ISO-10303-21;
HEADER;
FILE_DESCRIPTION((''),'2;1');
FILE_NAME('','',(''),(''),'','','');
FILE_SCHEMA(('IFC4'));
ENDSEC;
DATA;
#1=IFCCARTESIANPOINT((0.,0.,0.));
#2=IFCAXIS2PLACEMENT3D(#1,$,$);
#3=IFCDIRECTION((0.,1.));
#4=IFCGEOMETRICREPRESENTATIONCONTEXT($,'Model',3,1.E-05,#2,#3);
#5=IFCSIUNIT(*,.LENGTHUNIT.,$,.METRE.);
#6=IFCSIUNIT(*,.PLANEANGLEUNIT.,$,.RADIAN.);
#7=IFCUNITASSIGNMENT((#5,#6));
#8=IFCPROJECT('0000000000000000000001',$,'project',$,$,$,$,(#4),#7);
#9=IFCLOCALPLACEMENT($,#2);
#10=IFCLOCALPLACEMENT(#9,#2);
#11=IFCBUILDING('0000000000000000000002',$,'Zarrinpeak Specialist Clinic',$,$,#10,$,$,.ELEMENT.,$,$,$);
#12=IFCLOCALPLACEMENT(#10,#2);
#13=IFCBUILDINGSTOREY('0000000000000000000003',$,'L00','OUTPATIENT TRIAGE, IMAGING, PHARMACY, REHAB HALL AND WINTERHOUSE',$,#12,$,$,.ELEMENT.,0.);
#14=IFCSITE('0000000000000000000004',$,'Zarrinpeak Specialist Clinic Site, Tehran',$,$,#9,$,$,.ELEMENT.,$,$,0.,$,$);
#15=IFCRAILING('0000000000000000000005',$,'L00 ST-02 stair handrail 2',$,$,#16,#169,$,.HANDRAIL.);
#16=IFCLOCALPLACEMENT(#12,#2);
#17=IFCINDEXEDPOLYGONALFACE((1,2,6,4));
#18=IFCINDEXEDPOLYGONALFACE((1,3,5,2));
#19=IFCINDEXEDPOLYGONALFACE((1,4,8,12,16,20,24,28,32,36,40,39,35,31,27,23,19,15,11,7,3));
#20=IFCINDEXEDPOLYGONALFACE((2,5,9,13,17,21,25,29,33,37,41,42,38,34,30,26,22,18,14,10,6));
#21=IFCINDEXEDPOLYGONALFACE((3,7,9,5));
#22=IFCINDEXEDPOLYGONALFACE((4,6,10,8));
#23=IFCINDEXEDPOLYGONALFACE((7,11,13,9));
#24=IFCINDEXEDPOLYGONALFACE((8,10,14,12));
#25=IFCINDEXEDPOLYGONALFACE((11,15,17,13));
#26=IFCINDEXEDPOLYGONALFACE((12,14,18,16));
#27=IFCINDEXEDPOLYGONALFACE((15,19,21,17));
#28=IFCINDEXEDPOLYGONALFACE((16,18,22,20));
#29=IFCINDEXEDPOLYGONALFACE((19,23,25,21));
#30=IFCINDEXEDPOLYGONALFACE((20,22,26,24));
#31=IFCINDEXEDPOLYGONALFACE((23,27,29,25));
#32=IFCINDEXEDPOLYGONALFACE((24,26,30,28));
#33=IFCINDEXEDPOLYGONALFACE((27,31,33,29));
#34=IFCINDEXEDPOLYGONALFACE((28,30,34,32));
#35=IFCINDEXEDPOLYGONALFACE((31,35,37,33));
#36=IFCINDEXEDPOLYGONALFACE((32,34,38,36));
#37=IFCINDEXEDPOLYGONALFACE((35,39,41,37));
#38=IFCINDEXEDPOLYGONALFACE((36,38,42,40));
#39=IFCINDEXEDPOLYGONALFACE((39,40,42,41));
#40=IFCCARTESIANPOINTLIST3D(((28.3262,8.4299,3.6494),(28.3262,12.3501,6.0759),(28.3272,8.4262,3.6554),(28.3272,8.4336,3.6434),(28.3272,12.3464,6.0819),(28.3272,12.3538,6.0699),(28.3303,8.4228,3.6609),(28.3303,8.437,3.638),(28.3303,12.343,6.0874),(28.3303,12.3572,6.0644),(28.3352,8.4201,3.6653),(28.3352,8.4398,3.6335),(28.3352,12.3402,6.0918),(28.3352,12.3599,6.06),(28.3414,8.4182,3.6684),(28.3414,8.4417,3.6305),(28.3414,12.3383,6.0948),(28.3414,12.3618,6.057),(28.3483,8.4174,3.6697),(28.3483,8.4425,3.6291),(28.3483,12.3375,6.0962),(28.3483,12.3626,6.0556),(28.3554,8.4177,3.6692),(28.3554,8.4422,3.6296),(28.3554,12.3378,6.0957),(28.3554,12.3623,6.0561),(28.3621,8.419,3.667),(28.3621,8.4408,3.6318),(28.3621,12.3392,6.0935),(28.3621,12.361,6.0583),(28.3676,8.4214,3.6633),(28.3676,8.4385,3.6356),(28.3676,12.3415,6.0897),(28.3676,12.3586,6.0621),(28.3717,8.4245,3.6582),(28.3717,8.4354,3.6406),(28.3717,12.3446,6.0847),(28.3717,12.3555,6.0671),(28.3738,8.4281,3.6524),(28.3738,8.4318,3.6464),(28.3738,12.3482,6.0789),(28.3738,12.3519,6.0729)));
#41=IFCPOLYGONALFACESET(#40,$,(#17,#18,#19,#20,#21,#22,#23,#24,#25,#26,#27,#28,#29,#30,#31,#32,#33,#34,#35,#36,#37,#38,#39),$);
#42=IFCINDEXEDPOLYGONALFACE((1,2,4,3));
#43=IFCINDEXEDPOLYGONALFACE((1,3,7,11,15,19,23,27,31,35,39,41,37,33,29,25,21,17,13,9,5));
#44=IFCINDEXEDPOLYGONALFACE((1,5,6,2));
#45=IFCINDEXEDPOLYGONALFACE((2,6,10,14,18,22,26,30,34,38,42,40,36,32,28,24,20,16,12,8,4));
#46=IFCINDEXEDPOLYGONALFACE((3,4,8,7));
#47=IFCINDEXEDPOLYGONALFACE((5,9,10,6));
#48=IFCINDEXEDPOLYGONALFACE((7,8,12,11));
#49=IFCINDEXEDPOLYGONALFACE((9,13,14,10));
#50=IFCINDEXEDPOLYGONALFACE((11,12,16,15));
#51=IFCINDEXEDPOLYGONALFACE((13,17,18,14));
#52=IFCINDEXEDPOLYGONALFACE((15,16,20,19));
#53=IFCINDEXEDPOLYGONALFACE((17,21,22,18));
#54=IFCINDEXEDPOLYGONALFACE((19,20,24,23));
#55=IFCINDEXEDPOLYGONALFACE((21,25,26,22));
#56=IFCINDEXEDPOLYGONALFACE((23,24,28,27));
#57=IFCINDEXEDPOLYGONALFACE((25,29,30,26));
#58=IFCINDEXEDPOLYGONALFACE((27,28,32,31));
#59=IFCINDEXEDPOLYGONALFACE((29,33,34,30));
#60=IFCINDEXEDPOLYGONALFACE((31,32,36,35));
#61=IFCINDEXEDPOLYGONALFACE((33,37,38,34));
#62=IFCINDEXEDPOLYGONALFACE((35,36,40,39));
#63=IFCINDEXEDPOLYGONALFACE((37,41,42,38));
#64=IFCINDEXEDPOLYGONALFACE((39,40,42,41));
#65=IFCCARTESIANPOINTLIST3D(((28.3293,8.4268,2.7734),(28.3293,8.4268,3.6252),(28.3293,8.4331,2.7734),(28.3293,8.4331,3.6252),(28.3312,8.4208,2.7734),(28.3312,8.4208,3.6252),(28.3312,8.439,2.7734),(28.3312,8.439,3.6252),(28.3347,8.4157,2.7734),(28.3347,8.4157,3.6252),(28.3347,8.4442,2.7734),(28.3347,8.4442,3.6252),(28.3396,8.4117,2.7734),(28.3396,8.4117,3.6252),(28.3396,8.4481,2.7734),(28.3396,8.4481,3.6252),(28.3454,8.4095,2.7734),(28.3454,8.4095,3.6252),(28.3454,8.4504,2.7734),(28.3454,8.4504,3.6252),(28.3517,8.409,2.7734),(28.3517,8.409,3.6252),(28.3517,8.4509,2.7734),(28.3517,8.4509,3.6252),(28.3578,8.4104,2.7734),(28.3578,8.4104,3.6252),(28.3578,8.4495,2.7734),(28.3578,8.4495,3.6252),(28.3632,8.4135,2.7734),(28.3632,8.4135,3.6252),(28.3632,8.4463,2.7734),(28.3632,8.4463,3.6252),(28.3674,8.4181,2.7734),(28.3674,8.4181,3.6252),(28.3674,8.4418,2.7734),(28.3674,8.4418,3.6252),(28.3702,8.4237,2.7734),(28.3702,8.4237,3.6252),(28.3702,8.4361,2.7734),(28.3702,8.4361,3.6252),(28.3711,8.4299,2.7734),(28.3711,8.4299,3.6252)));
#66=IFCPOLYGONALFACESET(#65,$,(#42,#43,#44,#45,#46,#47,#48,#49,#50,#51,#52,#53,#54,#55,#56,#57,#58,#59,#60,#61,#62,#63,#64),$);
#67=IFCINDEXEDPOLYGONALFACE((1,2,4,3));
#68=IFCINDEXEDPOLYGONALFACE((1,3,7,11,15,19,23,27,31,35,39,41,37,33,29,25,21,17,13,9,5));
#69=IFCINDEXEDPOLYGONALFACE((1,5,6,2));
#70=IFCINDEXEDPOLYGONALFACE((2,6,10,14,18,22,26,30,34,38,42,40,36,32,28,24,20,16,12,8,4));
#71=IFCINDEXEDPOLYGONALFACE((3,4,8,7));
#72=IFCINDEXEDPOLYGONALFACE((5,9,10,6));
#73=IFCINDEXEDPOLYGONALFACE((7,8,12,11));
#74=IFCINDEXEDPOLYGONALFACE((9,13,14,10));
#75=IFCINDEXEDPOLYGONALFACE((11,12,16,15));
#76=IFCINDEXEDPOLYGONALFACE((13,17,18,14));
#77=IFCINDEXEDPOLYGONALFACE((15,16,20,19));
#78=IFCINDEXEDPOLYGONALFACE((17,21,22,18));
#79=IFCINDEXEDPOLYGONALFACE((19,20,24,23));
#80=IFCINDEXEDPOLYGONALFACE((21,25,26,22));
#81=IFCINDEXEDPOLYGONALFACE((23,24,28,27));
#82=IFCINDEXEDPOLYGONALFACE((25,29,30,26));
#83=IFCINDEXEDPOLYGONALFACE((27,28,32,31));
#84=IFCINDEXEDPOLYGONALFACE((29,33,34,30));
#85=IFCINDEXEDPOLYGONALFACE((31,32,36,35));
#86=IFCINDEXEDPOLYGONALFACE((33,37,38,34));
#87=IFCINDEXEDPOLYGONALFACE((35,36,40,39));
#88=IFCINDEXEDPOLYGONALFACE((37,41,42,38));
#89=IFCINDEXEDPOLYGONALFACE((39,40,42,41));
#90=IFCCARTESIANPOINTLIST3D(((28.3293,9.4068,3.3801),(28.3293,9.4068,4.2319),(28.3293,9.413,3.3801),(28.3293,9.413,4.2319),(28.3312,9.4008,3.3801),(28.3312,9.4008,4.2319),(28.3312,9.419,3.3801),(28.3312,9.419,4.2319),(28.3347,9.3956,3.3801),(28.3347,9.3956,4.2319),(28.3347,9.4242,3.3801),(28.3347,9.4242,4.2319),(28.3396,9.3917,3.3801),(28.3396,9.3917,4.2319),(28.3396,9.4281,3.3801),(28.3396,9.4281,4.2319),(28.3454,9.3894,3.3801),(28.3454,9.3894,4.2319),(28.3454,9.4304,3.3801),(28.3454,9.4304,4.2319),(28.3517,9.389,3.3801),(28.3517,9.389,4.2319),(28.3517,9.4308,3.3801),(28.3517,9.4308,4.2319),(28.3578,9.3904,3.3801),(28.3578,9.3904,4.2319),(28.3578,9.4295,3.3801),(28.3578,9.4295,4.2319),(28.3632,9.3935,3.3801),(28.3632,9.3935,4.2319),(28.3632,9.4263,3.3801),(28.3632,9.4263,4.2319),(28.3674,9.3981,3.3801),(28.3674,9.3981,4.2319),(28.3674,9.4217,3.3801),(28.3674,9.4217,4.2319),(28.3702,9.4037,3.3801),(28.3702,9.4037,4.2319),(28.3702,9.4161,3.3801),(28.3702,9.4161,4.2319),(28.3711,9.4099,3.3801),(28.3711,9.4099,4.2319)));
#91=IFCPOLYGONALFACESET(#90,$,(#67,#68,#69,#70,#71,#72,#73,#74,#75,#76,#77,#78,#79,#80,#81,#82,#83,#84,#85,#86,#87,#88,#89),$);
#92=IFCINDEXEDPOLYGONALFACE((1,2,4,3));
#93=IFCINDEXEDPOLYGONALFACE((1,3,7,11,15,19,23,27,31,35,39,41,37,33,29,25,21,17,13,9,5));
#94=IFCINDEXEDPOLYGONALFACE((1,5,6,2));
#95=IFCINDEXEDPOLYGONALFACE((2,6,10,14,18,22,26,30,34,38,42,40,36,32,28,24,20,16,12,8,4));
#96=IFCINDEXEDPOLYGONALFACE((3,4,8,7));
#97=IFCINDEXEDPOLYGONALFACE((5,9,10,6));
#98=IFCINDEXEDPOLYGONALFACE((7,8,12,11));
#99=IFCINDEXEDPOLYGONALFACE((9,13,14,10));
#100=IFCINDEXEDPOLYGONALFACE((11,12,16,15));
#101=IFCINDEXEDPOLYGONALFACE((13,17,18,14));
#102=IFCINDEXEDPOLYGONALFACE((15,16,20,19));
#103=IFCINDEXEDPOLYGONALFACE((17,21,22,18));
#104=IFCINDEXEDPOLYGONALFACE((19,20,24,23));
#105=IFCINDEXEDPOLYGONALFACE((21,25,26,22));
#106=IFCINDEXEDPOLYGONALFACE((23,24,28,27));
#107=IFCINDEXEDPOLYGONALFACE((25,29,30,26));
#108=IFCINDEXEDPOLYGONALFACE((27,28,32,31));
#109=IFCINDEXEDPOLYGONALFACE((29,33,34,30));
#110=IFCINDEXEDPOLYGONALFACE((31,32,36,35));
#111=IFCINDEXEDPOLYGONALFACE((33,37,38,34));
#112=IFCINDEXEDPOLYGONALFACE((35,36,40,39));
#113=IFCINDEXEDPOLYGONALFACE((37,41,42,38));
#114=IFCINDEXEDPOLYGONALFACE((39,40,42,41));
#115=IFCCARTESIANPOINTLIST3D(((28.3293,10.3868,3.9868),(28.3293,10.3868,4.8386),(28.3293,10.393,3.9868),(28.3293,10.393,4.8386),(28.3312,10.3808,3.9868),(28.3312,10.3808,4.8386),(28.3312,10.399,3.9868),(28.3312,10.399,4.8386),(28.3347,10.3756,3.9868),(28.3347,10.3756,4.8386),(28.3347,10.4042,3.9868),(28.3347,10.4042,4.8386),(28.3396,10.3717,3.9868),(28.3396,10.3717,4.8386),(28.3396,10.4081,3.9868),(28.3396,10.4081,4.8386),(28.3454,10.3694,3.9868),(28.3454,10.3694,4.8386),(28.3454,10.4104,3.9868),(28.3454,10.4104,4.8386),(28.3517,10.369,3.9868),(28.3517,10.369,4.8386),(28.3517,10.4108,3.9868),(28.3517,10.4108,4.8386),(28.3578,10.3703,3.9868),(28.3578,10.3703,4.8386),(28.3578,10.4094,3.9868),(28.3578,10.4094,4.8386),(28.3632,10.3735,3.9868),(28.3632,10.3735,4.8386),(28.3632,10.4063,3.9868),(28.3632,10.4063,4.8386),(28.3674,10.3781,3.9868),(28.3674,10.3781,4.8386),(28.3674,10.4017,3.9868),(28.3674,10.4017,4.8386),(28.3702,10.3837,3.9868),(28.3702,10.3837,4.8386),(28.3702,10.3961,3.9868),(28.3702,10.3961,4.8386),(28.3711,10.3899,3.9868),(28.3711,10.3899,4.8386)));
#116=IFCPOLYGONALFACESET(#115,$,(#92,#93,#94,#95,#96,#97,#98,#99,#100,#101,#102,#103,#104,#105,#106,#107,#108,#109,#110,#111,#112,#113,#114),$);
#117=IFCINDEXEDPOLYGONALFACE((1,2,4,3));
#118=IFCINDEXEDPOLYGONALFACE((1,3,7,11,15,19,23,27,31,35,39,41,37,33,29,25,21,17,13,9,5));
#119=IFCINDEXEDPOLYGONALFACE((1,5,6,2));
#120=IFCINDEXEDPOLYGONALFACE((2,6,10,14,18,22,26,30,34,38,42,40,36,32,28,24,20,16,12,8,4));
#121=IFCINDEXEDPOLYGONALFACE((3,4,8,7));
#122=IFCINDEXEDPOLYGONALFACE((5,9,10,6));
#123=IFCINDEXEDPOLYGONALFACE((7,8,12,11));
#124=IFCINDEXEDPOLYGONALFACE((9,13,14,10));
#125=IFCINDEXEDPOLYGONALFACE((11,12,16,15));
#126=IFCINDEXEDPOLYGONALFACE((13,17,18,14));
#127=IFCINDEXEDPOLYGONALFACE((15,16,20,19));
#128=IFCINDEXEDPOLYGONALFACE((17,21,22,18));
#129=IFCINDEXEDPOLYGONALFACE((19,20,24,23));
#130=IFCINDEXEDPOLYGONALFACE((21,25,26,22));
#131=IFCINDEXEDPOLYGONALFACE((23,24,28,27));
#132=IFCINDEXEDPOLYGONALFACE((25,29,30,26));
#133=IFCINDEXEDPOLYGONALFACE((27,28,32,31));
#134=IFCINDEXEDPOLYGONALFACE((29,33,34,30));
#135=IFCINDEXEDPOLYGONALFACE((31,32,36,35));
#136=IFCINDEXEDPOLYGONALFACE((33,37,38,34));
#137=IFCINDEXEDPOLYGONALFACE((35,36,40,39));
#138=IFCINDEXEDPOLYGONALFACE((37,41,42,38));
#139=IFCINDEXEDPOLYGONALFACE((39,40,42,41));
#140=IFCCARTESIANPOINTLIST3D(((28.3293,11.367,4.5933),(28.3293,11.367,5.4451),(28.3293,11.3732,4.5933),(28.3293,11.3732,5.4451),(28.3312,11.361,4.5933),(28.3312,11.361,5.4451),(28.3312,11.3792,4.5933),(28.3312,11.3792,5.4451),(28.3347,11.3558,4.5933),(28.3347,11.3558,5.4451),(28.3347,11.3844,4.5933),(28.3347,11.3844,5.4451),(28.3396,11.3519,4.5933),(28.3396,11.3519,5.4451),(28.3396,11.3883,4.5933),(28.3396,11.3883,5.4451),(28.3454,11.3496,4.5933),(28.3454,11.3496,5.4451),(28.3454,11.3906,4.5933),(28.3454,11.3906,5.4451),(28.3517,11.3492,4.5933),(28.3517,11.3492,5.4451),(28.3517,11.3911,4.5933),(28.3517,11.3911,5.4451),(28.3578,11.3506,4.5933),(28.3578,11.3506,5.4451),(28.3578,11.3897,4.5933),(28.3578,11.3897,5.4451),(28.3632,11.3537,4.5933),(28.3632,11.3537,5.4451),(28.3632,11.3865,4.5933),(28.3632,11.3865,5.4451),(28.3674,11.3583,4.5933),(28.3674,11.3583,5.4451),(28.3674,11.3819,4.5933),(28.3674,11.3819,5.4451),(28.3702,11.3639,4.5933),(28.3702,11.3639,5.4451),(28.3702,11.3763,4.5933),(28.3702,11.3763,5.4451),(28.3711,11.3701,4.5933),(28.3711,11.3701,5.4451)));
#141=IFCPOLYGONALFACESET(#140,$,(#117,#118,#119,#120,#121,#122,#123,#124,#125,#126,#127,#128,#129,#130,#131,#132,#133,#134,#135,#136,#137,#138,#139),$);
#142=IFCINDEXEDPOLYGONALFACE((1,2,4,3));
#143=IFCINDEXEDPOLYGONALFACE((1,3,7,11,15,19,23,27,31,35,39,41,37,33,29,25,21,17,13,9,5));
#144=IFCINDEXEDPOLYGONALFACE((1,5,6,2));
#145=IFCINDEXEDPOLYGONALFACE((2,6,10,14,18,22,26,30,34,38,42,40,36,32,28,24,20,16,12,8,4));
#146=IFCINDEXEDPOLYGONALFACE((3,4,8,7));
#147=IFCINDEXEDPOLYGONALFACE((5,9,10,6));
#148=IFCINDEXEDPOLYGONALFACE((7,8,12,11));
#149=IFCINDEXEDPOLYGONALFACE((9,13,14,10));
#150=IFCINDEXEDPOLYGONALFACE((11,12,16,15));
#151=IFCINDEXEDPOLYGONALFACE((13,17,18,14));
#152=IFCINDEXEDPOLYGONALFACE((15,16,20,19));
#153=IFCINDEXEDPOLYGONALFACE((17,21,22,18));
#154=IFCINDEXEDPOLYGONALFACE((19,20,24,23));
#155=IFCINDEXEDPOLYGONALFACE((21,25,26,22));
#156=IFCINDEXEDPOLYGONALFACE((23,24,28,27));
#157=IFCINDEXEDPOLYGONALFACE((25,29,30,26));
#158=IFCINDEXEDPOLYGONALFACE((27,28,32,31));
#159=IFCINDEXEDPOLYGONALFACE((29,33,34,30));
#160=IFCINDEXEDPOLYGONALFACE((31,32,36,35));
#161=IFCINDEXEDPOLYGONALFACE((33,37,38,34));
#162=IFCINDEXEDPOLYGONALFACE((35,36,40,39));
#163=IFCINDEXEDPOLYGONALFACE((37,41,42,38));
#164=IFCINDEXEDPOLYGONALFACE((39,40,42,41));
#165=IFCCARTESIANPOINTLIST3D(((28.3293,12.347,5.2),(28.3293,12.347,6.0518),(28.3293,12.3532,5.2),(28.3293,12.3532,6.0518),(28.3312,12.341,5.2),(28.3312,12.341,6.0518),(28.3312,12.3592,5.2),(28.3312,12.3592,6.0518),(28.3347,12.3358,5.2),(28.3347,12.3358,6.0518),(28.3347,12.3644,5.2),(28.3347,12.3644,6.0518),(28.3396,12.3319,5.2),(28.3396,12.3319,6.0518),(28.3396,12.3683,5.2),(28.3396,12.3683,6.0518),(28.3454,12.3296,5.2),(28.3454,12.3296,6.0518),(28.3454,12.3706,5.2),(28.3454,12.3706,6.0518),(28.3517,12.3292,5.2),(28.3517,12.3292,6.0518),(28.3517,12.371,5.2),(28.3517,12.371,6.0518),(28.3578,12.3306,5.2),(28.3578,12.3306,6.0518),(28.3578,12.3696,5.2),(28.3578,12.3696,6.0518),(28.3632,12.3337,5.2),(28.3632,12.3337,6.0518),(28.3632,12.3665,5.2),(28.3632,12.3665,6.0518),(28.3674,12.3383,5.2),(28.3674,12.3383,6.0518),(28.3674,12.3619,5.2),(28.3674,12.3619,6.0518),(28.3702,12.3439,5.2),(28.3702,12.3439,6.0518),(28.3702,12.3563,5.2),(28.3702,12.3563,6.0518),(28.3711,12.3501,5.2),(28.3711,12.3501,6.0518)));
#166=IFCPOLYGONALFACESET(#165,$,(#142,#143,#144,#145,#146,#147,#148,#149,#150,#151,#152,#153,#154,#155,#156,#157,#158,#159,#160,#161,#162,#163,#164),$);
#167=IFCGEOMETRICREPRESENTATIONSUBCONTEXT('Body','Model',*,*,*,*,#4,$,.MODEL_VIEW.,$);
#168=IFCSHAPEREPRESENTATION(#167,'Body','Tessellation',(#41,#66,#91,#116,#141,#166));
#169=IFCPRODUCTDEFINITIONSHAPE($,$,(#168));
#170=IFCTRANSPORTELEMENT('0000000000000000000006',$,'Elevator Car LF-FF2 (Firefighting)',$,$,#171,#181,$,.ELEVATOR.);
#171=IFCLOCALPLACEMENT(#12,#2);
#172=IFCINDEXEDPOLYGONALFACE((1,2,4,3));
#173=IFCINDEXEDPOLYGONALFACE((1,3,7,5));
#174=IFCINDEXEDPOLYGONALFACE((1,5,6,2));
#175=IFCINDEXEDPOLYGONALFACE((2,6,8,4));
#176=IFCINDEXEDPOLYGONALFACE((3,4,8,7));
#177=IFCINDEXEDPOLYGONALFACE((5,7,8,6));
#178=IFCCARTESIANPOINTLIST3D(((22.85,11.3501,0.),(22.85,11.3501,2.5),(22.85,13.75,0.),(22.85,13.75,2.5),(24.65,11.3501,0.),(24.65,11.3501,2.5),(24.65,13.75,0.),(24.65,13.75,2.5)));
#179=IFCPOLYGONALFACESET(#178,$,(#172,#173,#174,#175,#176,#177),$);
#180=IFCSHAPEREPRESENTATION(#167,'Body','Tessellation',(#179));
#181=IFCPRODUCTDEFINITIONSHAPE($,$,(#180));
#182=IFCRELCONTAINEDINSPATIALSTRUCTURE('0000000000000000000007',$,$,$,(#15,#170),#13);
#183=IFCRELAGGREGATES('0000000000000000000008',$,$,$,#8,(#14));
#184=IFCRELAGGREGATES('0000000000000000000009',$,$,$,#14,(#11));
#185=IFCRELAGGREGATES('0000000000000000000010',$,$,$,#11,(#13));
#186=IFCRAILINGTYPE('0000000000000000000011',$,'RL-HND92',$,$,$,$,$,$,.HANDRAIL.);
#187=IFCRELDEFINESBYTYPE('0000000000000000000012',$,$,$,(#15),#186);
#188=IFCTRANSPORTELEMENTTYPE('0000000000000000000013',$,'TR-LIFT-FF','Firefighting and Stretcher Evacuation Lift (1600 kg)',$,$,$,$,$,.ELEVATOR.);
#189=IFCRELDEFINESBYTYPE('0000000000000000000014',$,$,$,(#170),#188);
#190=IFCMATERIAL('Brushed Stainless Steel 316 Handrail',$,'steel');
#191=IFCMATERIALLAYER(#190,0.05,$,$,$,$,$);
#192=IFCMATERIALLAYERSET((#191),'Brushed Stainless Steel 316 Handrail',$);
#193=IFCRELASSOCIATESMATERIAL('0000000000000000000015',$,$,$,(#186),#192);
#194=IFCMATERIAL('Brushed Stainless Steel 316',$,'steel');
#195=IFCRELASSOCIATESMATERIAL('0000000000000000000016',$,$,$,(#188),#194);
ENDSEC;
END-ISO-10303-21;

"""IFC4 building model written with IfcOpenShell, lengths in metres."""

from ifc_helpers import new_model, si_unit, direction, frame, origin, origin_2d, place, context, subcontext, project, spatial, rectangle, circle, extrude, material, layer, layer_set, type_object, element, save


model = new_model("IFC4")

# Units and contexts
model_context = context("Model", 3, precision=1e-05, world=origin(), true_north=direction((0.0, 1.0)))
body_context = subcontext(model_context, "Body", "Model", "MODEL_VIEW")
ifc_project = project(units=[si_unit("LENGTHUNIT", "METRE"), si_unit("PLANEANGLEUNIT", "RADIAN")], contexts=[model_context])

# Site, building, storey
site_placement = place(None, origin())
site = spatial("IfcSite", under=ifc_project, at=site_placement, Name="Zarrinpeak Specialist Clinic Site, Tehran", CompositionType="ELEMENT", RefElevation=0.0)
building_placement = place(site_placement, origin())
building = spatial("IfcBuilding", under=site, at=building_placement, Name="Zarrinpeak Specialist Clinic", CompositionType="ELEMENT")
storey_placement = place(building_placement, origin())
storey = spatial("IfcBuildingStorey", under=building, at=storey_placement, Name="L00", Description="OUTPATIENT TRIAGE, IMAGING, PHARMACY, REHAB HALL AND WINTERHOUSE", CompositionType="ELEMENT", Elevation=0.0)

# Railing
ifc_material_1 = material(Name="Brushed Stainless Steel 316 Handrail", Category="steel")
ifc_layer_1 = layer(ifc_material_1, 0.05)
ifc_layer_set_1 = layer_set([ifc_layer_1], Name="Brushed Stainless Steel 316 Handrail")
railing_type_1 = type_object("IfcRailingType", Name="RL-HND92", PredefinedType="HANDRAIL", material=ifc_layer_set_1)
railing_1_placement = place(storey_placement, frame((28.3501, 8.4299, 2.7734)))
element("IfcRailing", 1, at=railing_1_placement, inside=storey, type_object=railing_type_1, Name="L00 ST-02 stair handrail 2", PredefinedType="HANDRAIL", context=body_context, shape_type="SweptSolid", body=[
    extrude(circle(Radius=0.0239, at=origin_2d()), frame((0.0, 0.0, 0.876), z_axis=(0.0, 0.85029, 0.526315), x_axis=(-1.0, 0.0, 0.0)), (0.0, 0.0, 1.0), 4.6104),
    extrude(circle(Radius=0.021, at=origin_2d()), origin(), (0.0, 0.0, 1.0), 0.8518),
    extrude(circle(Radius=0.021, at=origin_2d()), frame((0.0, 0.98, 0.6067)), (0.0, 0.0, 1.0), 0.8518),
    extrude(circle(Radius=0.021, at=origin_2d()), frame((0.0, 1.96, 1.2134)), (0.0, 0.0, 1.0), 0.8518),
    extrude(circle(Radius=0.021, at=origin_2d()), frame((0.0, 2.9402, 1.8198)), (0.0, 0.0, 1.0), 0.8518),
    extrude(circle(Radius=0.021, at=origin_2d()), frame((0.0, 3.9202, 2.4265)), (0.0, 0.0, 1.0), 0.8518),
])

# Transport element
ifc_material_2 = material(Name="Brushed Stainless Steel 316", Category="steel")
transport_element_type = type_object("IfcTransportElementType", Name="TR-LIFT-FF", Description="Firefighting and Stretcher Evacuation Lift (1600 kg)", PredefinedType="ELEVATOR", material=ifc_material_2)
transport_element_placement = place(storey_placement, frame((23.75, 12.55, 0.0), z_axis=(0.0, 0.0, 1.0), x_axis=(1.0, 0.0, 0.0)))
element("IfcTransportElement", 2, at=transport_element_placement, inside=storey, type_object=transport_element_type, Name="Elevator Car LF-FF2 (Firefighting)", PredefinedType="ELEVATOR", context=body_context, shape_type="SweptSolid", body=[
    extrude(rectangle(XDim=1.8, YDim=2.3999, at=origin_2d()), origin(), (0.0, 0.0, 1.0), 2.5),
])

save(model, "model.ifc")
